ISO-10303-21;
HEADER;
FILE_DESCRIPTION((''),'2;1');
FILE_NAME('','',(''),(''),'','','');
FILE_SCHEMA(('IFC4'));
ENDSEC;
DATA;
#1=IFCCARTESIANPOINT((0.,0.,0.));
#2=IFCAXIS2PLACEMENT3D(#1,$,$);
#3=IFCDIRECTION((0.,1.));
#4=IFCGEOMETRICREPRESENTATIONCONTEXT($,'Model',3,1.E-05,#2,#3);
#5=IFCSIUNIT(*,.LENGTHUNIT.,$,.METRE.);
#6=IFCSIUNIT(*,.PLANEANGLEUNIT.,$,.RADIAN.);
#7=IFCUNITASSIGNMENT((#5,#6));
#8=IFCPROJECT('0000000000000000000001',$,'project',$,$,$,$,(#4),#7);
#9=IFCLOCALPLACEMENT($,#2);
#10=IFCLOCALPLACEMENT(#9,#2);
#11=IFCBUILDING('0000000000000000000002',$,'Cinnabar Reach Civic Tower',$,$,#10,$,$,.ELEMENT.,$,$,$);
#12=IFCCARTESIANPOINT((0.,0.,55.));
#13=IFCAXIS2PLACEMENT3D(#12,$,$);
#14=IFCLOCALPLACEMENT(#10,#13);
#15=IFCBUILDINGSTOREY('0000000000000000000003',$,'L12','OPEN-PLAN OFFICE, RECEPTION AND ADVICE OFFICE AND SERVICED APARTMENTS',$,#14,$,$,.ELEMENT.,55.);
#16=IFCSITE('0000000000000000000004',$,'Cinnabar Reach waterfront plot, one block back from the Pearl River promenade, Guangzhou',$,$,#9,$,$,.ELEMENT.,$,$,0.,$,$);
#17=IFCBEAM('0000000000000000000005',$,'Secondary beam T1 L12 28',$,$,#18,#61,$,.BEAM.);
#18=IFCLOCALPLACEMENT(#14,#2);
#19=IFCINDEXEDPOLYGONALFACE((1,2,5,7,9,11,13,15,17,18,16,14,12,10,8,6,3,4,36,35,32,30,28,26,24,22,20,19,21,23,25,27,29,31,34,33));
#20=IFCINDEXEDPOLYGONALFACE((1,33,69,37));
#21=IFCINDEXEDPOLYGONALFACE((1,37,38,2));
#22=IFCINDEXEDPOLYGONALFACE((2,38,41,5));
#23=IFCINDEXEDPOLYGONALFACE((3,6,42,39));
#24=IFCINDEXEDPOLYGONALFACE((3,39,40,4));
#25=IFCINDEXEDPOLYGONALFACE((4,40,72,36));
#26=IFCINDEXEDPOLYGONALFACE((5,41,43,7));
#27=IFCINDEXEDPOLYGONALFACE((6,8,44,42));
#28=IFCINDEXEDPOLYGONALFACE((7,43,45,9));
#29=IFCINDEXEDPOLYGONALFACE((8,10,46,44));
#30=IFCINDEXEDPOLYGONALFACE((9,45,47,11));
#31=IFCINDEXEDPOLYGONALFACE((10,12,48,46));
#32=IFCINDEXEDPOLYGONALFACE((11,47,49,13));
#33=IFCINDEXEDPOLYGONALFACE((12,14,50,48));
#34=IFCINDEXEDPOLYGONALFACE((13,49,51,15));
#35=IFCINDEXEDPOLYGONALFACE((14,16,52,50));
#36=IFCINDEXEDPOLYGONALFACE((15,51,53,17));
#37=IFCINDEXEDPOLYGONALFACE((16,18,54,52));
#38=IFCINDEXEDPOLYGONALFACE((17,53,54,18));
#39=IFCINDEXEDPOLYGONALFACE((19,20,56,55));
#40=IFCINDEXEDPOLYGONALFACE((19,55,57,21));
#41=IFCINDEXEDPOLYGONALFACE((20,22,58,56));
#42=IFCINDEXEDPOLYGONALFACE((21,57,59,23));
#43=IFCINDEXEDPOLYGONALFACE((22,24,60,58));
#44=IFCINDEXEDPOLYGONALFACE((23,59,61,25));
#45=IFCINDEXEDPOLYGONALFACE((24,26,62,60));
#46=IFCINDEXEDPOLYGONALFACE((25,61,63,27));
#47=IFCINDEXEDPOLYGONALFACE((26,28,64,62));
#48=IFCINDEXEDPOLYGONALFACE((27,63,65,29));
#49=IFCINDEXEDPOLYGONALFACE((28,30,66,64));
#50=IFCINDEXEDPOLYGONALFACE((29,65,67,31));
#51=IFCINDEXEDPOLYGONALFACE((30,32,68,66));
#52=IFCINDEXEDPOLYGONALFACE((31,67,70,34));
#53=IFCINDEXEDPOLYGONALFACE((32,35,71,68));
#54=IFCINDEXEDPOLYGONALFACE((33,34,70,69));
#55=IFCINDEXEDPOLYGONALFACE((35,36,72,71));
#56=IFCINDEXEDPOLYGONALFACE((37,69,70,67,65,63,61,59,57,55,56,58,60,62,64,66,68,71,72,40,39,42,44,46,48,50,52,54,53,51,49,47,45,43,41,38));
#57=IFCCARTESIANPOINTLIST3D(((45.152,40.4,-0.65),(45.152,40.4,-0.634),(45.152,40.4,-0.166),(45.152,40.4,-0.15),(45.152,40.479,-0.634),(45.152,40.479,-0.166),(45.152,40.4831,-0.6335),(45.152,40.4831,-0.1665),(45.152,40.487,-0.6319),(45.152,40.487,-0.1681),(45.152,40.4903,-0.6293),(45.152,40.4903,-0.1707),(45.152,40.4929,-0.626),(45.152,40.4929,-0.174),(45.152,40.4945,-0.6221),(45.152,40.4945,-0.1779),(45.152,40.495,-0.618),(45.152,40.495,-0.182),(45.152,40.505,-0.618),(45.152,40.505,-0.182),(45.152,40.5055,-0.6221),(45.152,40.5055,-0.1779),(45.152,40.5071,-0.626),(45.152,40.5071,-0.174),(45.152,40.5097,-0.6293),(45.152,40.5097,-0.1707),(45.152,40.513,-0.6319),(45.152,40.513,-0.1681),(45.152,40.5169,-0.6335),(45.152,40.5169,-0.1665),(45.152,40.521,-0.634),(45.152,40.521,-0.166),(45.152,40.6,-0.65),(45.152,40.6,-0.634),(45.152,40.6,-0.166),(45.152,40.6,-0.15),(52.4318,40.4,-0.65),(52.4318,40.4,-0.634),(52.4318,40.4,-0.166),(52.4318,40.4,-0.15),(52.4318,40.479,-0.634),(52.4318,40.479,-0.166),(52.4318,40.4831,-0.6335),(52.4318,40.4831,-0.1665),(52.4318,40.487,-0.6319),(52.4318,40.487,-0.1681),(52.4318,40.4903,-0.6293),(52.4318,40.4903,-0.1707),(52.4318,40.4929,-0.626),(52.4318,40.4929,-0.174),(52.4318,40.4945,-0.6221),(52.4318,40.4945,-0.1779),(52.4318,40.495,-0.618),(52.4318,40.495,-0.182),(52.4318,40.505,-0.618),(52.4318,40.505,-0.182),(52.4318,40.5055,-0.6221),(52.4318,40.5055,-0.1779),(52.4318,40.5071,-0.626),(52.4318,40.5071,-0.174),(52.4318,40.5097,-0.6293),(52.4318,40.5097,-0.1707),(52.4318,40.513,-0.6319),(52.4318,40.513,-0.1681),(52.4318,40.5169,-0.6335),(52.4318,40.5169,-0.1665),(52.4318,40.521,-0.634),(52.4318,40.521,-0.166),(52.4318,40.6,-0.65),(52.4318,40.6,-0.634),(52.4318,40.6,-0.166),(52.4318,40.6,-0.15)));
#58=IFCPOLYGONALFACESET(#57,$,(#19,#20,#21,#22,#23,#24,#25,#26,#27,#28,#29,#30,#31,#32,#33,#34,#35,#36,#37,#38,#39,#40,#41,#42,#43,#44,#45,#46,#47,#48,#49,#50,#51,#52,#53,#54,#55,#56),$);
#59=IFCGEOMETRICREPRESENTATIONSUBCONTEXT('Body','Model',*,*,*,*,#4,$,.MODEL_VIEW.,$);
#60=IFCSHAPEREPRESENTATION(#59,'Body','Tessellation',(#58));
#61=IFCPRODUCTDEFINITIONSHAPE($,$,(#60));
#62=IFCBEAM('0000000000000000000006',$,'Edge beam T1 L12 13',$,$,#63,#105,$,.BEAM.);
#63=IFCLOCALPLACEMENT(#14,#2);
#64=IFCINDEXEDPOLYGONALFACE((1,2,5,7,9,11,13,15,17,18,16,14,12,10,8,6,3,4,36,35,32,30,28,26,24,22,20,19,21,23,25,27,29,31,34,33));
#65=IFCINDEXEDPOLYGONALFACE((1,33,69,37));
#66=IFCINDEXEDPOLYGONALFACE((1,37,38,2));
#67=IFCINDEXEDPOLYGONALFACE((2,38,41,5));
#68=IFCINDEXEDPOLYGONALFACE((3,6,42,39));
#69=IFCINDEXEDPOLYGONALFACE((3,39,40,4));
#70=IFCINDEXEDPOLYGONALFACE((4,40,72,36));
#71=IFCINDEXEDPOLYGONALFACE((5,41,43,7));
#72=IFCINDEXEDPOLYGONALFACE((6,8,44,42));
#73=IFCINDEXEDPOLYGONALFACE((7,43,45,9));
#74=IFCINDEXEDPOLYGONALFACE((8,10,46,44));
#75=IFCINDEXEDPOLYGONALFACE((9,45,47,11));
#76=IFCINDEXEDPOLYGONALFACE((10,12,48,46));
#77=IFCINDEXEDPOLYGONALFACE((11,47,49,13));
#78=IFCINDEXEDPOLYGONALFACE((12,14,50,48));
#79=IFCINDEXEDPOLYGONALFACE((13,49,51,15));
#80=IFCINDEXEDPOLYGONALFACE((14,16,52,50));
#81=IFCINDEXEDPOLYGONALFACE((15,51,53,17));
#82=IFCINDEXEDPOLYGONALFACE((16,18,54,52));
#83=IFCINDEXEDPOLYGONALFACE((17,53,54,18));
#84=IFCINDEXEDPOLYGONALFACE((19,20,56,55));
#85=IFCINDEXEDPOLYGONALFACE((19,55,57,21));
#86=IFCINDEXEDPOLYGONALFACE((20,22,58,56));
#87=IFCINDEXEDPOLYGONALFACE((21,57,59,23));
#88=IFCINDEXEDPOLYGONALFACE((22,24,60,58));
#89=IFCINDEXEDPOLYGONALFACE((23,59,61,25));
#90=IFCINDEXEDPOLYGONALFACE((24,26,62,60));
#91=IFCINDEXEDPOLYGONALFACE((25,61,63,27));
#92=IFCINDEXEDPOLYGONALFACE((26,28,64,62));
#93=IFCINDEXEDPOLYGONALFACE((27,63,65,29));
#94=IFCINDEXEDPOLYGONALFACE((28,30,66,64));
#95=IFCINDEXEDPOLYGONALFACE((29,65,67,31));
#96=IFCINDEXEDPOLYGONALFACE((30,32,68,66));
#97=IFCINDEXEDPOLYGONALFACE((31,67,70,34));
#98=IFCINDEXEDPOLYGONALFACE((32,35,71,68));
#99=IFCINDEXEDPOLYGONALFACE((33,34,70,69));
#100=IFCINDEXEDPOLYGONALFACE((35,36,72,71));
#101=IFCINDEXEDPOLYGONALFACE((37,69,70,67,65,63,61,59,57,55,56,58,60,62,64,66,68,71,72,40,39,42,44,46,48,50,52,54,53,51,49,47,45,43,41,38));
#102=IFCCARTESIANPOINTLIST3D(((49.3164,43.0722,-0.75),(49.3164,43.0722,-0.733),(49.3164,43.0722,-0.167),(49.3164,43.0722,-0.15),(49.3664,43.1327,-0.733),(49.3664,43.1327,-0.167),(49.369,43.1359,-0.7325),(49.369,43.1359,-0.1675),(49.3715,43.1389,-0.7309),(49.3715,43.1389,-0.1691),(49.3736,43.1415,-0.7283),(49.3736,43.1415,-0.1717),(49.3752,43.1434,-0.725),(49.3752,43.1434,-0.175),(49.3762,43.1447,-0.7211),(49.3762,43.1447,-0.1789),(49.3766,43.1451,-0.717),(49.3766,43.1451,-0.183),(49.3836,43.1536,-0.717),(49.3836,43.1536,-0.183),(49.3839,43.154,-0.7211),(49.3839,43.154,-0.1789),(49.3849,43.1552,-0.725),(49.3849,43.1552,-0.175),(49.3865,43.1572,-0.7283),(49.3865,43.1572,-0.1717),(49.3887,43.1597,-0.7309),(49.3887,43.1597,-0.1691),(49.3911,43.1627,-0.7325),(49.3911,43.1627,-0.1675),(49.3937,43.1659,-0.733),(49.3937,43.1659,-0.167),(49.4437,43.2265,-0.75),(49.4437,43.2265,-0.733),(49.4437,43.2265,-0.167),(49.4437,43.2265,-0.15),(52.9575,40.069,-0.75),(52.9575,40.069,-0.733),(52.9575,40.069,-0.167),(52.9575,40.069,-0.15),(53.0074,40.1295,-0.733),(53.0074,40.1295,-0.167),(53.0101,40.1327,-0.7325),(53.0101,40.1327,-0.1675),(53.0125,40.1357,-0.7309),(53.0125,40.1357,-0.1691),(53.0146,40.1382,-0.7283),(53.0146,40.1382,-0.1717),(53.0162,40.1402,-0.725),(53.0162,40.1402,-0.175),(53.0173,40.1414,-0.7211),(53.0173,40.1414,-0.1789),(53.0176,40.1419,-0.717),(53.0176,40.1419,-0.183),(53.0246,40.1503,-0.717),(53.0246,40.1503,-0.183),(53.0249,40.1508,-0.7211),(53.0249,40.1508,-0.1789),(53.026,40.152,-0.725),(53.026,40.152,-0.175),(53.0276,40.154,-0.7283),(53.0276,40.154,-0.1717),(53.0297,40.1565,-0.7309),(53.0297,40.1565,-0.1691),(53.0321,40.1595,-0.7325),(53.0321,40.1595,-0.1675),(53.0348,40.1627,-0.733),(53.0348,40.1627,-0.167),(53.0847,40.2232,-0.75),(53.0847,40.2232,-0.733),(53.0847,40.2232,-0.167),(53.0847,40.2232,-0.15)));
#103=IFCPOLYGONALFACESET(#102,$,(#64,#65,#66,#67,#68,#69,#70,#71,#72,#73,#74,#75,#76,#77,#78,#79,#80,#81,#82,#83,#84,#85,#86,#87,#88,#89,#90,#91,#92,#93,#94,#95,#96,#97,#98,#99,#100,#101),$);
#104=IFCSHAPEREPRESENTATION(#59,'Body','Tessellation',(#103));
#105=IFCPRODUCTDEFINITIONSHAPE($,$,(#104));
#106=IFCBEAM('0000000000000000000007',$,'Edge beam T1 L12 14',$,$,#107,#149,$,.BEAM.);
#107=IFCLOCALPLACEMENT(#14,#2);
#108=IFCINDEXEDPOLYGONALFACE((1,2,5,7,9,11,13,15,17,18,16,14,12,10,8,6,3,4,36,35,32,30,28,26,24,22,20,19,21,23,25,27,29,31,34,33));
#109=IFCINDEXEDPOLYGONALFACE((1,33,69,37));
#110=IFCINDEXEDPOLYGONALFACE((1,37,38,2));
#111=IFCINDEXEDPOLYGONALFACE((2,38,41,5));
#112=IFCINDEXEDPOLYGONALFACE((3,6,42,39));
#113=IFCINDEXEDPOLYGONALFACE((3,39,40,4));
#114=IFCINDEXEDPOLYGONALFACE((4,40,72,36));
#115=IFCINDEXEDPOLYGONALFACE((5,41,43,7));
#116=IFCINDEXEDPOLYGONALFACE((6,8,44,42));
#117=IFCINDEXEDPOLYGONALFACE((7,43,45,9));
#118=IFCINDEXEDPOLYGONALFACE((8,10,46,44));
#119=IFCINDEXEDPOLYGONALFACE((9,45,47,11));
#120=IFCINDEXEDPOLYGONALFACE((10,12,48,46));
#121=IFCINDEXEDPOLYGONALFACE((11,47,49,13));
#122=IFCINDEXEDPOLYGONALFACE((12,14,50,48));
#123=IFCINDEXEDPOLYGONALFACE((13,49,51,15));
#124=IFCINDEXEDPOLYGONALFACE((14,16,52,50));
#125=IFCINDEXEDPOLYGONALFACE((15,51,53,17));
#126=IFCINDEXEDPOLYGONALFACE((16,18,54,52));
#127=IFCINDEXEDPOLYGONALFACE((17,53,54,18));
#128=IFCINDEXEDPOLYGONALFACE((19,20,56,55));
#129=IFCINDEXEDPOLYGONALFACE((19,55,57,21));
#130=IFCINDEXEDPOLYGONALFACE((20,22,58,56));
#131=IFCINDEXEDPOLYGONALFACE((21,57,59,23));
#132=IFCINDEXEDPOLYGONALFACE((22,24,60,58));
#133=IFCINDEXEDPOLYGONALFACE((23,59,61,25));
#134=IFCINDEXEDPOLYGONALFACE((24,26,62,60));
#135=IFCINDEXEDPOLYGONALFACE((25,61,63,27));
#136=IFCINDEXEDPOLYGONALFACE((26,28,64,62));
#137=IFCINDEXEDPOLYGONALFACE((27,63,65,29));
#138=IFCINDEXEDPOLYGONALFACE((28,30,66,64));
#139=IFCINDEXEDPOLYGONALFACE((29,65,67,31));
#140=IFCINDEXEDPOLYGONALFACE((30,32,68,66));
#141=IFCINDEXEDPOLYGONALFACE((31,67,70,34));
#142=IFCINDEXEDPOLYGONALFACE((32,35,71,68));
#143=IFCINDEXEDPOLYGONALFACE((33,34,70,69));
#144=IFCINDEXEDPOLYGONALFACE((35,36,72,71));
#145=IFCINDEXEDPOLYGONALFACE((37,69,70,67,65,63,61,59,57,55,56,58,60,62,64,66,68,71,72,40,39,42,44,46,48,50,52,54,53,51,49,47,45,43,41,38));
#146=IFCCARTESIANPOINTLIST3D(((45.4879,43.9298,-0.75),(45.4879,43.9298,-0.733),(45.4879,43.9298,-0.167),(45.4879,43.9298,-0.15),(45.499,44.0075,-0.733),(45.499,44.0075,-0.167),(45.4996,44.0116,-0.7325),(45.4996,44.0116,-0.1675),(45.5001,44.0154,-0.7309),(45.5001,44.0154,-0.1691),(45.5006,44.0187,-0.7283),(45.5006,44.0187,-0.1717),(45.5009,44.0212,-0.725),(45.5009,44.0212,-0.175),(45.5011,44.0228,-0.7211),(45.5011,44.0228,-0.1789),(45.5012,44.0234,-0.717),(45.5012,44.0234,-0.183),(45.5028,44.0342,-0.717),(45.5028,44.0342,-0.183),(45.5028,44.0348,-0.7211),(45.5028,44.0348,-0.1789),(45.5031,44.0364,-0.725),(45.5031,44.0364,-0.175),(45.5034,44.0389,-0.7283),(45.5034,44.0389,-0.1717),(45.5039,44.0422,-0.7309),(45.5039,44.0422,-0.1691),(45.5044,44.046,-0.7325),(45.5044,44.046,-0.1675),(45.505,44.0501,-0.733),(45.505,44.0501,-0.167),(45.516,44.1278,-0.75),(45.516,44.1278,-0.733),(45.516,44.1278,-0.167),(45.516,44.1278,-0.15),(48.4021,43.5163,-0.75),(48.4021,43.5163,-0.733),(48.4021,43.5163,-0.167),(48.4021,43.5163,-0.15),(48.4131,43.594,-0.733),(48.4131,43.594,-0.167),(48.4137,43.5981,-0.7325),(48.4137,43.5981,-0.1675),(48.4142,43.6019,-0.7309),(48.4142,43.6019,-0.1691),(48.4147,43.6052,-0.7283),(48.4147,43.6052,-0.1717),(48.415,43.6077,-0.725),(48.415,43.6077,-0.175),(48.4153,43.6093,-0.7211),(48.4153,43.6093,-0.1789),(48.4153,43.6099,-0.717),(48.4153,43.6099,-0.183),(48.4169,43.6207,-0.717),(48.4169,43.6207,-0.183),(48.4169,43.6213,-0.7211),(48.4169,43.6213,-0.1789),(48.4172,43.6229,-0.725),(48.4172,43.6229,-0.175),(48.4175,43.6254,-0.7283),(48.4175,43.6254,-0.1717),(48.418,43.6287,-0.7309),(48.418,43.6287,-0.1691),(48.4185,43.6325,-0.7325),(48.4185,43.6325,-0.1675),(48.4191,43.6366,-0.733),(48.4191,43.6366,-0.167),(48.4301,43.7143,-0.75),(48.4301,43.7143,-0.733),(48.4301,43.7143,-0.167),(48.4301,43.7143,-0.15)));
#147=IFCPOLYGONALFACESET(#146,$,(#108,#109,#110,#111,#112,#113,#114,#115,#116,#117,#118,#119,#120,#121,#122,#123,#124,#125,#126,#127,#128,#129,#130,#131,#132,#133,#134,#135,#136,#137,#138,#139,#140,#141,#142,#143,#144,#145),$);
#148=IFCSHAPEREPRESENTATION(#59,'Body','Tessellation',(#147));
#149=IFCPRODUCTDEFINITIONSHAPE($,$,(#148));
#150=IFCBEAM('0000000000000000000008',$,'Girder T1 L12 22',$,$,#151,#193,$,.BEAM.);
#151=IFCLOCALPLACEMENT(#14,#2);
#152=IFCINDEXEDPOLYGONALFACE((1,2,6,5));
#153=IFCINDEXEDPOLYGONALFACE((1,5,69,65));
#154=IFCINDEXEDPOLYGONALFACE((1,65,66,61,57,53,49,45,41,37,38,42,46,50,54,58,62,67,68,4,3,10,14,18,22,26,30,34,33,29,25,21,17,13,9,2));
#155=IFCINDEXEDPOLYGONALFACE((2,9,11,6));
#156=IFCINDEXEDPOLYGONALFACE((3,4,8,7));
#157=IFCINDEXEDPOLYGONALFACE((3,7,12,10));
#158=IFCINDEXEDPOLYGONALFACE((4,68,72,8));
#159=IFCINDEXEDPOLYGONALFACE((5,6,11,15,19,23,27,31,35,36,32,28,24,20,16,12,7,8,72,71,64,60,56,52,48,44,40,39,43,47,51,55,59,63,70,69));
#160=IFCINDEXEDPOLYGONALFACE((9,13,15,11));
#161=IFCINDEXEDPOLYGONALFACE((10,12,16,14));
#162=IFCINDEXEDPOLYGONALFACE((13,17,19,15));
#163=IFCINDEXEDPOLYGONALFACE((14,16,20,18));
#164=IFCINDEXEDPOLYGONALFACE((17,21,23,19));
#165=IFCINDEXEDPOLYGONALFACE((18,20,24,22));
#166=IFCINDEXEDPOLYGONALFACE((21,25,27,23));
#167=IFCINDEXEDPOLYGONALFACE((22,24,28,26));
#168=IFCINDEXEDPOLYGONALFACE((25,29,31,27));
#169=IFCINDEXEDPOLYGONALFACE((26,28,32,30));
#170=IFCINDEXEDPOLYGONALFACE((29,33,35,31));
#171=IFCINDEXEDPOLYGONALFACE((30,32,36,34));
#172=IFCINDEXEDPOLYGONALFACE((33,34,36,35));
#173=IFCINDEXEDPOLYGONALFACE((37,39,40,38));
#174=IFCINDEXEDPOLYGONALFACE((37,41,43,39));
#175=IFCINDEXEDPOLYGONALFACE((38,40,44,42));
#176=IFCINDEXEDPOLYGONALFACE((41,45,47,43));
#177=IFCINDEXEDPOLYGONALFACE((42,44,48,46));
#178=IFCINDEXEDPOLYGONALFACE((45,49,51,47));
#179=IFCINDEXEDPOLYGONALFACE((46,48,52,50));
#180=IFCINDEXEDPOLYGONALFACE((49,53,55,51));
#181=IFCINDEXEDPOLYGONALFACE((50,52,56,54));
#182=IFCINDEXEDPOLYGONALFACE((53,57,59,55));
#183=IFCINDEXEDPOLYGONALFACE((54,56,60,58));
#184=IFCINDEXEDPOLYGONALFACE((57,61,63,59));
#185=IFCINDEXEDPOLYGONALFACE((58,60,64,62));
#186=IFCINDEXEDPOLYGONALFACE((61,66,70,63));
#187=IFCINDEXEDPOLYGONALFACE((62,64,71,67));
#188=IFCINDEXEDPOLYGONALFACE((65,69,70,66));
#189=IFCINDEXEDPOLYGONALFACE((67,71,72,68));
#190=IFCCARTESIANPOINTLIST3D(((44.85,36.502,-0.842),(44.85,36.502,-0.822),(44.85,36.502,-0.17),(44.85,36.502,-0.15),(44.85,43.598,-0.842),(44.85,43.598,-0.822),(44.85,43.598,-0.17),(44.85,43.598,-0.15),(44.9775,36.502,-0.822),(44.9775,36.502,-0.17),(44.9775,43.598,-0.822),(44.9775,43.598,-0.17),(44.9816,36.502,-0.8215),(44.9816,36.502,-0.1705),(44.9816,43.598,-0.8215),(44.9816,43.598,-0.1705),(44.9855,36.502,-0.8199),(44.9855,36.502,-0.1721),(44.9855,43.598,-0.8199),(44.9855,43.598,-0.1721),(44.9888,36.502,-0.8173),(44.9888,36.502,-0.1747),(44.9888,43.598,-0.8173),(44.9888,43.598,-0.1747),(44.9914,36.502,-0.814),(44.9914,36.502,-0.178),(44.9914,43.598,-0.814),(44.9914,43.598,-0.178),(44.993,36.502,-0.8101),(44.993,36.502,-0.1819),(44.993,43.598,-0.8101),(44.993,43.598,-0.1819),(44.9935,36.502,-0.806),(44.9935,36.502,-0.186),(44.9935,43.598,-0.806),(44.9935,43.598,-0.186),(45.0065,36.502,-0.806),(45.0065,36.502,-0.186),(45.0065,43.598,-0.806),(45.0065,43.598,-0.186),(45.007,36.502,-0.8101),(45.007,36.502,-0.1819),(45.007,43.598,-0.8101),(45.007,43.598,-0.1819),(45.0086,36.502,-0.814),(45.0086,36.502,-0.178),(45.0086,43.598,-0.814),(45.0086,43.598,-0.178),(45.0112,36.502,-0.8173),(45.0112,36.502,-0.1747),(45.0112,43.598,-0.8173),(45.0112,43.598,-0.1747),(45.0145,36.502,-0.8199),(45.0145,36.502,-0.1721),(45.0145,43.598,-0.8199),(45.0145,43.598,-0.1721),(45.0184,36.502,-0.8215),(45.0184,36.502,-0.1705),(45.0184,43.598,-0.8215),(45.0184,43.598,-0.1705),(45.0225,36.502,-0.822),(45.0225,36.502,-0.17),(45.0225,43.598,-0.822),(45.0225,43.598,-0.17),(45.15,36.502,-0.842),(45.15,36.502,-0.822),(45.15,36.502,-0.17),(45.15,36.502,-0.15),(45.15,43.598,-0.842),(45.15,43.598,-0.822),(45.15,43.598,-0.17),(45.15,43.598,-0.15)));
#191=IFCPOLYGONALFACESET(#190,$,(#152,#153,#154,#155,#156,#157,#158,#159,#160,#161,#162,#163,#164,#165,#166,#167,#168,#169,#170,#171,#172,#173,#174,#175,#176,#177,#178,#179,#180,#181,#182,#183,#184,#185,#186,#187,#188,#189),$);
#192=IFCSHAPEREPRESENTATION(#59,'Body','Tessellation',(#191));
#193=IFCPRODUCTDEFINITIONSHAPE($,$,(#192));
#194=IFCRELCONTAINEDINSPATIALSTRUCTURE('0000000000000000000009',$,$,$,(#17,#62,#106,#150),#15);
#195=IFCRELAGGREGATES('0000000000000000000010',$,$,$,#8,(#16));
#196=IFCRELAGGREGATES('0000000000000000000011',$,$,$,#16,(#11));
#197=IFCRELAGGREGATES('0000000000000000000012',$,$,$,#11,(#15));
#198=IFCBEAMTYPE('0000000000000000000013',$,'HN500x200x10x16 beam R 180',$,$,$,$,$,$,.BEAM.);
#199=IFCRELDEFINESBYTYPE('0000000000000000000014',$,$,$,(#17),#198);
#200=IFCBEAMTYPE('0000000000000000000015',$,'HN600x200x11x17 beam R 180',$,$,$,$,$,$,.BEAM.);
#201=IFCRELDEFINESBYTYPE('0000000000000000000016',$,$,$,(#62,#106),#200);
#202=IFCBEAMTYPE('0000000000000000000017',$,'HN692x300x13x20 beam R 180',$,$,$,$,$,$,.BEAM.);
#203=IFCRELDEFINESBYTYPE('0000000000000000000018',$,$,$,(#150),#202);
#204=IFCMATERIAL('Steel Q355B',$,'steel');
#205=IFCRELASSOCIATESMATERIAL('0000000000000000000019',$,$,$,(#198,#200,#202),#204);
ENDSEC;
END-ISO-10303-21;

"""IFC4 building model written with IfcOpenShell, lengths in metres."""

from ifc_helpers import new_model, si_unit, direction, frame, origin, origin_2d, place, context, subcontext, project, spatial, i_section, extrude, material, material_profile, profile_set, type_object, element, save


model = new_model("IFC4")

# Units and contexts
model_context = context("Model", 3, precision=1e-05, world=origin(), true_north=direction((0.0, 1.0)))
body_context = subcontext(model_context, "Body", "Model", "MODEL_VIEW")
ifc_project = project(units=[si_unit("LENGTHUNIT", "METRE"), si_unit("PLANEANGLEUNIT", "RADIAN")], contexts=[model_context])

# Site, building, storey
site_placement = place(None, origin())
site = spatial("IfcSite", under=ifc_project, at=site_placement, Name="Cinnabar Reach waterfront plot, one block back from the Pearl River promenade, Guangzhou", CompositionType="ELEMENT", RefElevation=0.0)
building_placement = place(site_placement, origin())
building = spatial("IfcBuilding", under=site, at=building_placement, Name="Cinnabar Reach Civic Tower", CompositionType="ELEMENT")
storey_placement = place(building_placement, frame((0.0, 0.0, 55.0)))
storey = spatial("IfcBuildingStorey", under=building, at=storey_placement, Name="L12", Description="OPEN-PLAN OFFICE, RECEPTION AND ADVICE OFFICE AND SERVICED APARTMENTS", CompositionType="ELEMENT", Elevation=55.0)

# Beams
ifc_material_1 = material(Name="Steel Q355B", Category="steel")
ifc_material_profile_1 = material_profile(ifc_material_1, i_section(OverallWidth=0.2, OverallDepth=0.5, WebThickness=0.01, FlangeThickness=0.016, FilletRadius=0.016, at=origin_2d()), Name="HN500x200x10x16")
ifc_profile_set_1 = profile_set([ifc_material_profile_1], Name="Steel Q355B")
beam_type_1 = type_object("IfcBeamType", Name="HN500x200x10x16 beam R 180", PredefinedType="BEAM", material=ifc_profile_set_1)
beam_1_placement = place(storey_placement, frame((45.152, 40.5, -0.4), z_axis=(1.0, 0.0, 0.0), x_axis=(0.0, 1.0, 0.0)))
element("IfcBeam", 1, at=beam_1_placement, inside=storey, type_object=beam_type_1, Name="Secondary beam T1 L12 28", PredefinedType="BEAM", context=body_context, shape_type="SweptSolid", body=[
    extrude(i_section(OverallWidth=0.2, OverallDepth=0.5, WebThickness=0.01, FlangeThickness=0.016, FilletRadius=0.016, at=origin_2d()), origin(), (0.0, 0.0, 1.0), 7.2798),
])
ifc_material_profile_2 = material_profile(ifc_material_1, i_section(OverallWidth=0.2, OverallDepth=0.6, WebThickness=0.011, FlangeThickness=0.017, FilletRadius=0.016, at=origin_2d()), Name="HN600x200x11x17")
ifc_profile_set_2 = profile_set([ifc_material_profile_2], Name="Steel Q355B")
beam_type_2 = type_object("IfcBeamType", Name="HN600x200x11x17 beam R 180", PredefinedType="BEAM", material=ifc_profile_set_2)
beam_2_placement = place(storey_placement, frame((53.0211, 40.1461, -0.45), z_axis=(-0.771438, 0.636304, 0.0), x_axis=(-0.636304, -0.771438, 0.0)))
element("IfcBeam", 2, at=beam_2_placement, inside=storey, type_object=beam_type_2, Name="Edge beam T1 L12 13", PredefinedType="BEAM", context=body_context, shape_type="SweptSolid", body=[
    extrude(i_section(OverallWidth=0.2, OverallDepth=0.6, WebThickness=0.011, FlangeThickness=0.017, FilletRadius=0.016, at=origin_2d()), origin(), (0.0, 0.0, 1.0), 4.7198),
])
beam_3_placement = place(storey_placement, frame((48.4161, 43.6153, -0.45), z_axis=(-0.990082, 0.140489, 0.0), x_axis=(-0.140489, -0.990082, 0.0)))
element("IfcBeam", 3, at=beam_3_placement, inside=storey, type_object=beam_type_2, Name="Edge beam T1 L12 14", PredefinedType="BEAM", context=body_context, shape_type="SweptSolid", body=[
    extrude(i_section(OverallWidth=0.2, OverallDepth=0.6, WebThickness=0.011, FlangeThickness=0.017, FilletRadius=0.016, at=origin_2d()), origin(), (0.0, 0.0, 1.0), 2.9433),
])
ifc_material_profile_3 = material_profile(ifc_material_1, i_section(OverallWidth=0.3, OverallDepth=0.692, WebThickness=0.013, FlangeThickness=0.02, FilletRadius=0.016, at=origin_2d()), Name="HN692x300x13x20")
ifc_profile_set_3 = profile_set([ifc_material_profile_3], Name="Steel Q355B")
beam_type_3 = type_object("IfcBeamType", Name="HN692x300x13x20 beam R 180", PredefinedType="BEAM", material=ifc_profile_set_3)
beam_4_placement = place(storey_placement, frame((45.0, 36.502, -0.496), z_axis=(0.0, 1.0, 0.0), x_axis=(-1.0, 0.0, 0.0)))
element("IfcBeam", 4, at=beam_4_placement, inside=storey, type_object=beam_type_3, Name="Girder T1 L12 22", PredefinedType="BEAM", context=body_context, shape_type="SweptSolid", body=[
    extrude(i_section(OverallWidth=0.3, OverallDepth=0.692, WebThickness=0.013, FlangeThickness=0.02, FilletRadius=0.016, at=origin_2d()), origin(), (0.0, 0.0, 1.0), 7.096),
])

save(model, "model.ifc")
